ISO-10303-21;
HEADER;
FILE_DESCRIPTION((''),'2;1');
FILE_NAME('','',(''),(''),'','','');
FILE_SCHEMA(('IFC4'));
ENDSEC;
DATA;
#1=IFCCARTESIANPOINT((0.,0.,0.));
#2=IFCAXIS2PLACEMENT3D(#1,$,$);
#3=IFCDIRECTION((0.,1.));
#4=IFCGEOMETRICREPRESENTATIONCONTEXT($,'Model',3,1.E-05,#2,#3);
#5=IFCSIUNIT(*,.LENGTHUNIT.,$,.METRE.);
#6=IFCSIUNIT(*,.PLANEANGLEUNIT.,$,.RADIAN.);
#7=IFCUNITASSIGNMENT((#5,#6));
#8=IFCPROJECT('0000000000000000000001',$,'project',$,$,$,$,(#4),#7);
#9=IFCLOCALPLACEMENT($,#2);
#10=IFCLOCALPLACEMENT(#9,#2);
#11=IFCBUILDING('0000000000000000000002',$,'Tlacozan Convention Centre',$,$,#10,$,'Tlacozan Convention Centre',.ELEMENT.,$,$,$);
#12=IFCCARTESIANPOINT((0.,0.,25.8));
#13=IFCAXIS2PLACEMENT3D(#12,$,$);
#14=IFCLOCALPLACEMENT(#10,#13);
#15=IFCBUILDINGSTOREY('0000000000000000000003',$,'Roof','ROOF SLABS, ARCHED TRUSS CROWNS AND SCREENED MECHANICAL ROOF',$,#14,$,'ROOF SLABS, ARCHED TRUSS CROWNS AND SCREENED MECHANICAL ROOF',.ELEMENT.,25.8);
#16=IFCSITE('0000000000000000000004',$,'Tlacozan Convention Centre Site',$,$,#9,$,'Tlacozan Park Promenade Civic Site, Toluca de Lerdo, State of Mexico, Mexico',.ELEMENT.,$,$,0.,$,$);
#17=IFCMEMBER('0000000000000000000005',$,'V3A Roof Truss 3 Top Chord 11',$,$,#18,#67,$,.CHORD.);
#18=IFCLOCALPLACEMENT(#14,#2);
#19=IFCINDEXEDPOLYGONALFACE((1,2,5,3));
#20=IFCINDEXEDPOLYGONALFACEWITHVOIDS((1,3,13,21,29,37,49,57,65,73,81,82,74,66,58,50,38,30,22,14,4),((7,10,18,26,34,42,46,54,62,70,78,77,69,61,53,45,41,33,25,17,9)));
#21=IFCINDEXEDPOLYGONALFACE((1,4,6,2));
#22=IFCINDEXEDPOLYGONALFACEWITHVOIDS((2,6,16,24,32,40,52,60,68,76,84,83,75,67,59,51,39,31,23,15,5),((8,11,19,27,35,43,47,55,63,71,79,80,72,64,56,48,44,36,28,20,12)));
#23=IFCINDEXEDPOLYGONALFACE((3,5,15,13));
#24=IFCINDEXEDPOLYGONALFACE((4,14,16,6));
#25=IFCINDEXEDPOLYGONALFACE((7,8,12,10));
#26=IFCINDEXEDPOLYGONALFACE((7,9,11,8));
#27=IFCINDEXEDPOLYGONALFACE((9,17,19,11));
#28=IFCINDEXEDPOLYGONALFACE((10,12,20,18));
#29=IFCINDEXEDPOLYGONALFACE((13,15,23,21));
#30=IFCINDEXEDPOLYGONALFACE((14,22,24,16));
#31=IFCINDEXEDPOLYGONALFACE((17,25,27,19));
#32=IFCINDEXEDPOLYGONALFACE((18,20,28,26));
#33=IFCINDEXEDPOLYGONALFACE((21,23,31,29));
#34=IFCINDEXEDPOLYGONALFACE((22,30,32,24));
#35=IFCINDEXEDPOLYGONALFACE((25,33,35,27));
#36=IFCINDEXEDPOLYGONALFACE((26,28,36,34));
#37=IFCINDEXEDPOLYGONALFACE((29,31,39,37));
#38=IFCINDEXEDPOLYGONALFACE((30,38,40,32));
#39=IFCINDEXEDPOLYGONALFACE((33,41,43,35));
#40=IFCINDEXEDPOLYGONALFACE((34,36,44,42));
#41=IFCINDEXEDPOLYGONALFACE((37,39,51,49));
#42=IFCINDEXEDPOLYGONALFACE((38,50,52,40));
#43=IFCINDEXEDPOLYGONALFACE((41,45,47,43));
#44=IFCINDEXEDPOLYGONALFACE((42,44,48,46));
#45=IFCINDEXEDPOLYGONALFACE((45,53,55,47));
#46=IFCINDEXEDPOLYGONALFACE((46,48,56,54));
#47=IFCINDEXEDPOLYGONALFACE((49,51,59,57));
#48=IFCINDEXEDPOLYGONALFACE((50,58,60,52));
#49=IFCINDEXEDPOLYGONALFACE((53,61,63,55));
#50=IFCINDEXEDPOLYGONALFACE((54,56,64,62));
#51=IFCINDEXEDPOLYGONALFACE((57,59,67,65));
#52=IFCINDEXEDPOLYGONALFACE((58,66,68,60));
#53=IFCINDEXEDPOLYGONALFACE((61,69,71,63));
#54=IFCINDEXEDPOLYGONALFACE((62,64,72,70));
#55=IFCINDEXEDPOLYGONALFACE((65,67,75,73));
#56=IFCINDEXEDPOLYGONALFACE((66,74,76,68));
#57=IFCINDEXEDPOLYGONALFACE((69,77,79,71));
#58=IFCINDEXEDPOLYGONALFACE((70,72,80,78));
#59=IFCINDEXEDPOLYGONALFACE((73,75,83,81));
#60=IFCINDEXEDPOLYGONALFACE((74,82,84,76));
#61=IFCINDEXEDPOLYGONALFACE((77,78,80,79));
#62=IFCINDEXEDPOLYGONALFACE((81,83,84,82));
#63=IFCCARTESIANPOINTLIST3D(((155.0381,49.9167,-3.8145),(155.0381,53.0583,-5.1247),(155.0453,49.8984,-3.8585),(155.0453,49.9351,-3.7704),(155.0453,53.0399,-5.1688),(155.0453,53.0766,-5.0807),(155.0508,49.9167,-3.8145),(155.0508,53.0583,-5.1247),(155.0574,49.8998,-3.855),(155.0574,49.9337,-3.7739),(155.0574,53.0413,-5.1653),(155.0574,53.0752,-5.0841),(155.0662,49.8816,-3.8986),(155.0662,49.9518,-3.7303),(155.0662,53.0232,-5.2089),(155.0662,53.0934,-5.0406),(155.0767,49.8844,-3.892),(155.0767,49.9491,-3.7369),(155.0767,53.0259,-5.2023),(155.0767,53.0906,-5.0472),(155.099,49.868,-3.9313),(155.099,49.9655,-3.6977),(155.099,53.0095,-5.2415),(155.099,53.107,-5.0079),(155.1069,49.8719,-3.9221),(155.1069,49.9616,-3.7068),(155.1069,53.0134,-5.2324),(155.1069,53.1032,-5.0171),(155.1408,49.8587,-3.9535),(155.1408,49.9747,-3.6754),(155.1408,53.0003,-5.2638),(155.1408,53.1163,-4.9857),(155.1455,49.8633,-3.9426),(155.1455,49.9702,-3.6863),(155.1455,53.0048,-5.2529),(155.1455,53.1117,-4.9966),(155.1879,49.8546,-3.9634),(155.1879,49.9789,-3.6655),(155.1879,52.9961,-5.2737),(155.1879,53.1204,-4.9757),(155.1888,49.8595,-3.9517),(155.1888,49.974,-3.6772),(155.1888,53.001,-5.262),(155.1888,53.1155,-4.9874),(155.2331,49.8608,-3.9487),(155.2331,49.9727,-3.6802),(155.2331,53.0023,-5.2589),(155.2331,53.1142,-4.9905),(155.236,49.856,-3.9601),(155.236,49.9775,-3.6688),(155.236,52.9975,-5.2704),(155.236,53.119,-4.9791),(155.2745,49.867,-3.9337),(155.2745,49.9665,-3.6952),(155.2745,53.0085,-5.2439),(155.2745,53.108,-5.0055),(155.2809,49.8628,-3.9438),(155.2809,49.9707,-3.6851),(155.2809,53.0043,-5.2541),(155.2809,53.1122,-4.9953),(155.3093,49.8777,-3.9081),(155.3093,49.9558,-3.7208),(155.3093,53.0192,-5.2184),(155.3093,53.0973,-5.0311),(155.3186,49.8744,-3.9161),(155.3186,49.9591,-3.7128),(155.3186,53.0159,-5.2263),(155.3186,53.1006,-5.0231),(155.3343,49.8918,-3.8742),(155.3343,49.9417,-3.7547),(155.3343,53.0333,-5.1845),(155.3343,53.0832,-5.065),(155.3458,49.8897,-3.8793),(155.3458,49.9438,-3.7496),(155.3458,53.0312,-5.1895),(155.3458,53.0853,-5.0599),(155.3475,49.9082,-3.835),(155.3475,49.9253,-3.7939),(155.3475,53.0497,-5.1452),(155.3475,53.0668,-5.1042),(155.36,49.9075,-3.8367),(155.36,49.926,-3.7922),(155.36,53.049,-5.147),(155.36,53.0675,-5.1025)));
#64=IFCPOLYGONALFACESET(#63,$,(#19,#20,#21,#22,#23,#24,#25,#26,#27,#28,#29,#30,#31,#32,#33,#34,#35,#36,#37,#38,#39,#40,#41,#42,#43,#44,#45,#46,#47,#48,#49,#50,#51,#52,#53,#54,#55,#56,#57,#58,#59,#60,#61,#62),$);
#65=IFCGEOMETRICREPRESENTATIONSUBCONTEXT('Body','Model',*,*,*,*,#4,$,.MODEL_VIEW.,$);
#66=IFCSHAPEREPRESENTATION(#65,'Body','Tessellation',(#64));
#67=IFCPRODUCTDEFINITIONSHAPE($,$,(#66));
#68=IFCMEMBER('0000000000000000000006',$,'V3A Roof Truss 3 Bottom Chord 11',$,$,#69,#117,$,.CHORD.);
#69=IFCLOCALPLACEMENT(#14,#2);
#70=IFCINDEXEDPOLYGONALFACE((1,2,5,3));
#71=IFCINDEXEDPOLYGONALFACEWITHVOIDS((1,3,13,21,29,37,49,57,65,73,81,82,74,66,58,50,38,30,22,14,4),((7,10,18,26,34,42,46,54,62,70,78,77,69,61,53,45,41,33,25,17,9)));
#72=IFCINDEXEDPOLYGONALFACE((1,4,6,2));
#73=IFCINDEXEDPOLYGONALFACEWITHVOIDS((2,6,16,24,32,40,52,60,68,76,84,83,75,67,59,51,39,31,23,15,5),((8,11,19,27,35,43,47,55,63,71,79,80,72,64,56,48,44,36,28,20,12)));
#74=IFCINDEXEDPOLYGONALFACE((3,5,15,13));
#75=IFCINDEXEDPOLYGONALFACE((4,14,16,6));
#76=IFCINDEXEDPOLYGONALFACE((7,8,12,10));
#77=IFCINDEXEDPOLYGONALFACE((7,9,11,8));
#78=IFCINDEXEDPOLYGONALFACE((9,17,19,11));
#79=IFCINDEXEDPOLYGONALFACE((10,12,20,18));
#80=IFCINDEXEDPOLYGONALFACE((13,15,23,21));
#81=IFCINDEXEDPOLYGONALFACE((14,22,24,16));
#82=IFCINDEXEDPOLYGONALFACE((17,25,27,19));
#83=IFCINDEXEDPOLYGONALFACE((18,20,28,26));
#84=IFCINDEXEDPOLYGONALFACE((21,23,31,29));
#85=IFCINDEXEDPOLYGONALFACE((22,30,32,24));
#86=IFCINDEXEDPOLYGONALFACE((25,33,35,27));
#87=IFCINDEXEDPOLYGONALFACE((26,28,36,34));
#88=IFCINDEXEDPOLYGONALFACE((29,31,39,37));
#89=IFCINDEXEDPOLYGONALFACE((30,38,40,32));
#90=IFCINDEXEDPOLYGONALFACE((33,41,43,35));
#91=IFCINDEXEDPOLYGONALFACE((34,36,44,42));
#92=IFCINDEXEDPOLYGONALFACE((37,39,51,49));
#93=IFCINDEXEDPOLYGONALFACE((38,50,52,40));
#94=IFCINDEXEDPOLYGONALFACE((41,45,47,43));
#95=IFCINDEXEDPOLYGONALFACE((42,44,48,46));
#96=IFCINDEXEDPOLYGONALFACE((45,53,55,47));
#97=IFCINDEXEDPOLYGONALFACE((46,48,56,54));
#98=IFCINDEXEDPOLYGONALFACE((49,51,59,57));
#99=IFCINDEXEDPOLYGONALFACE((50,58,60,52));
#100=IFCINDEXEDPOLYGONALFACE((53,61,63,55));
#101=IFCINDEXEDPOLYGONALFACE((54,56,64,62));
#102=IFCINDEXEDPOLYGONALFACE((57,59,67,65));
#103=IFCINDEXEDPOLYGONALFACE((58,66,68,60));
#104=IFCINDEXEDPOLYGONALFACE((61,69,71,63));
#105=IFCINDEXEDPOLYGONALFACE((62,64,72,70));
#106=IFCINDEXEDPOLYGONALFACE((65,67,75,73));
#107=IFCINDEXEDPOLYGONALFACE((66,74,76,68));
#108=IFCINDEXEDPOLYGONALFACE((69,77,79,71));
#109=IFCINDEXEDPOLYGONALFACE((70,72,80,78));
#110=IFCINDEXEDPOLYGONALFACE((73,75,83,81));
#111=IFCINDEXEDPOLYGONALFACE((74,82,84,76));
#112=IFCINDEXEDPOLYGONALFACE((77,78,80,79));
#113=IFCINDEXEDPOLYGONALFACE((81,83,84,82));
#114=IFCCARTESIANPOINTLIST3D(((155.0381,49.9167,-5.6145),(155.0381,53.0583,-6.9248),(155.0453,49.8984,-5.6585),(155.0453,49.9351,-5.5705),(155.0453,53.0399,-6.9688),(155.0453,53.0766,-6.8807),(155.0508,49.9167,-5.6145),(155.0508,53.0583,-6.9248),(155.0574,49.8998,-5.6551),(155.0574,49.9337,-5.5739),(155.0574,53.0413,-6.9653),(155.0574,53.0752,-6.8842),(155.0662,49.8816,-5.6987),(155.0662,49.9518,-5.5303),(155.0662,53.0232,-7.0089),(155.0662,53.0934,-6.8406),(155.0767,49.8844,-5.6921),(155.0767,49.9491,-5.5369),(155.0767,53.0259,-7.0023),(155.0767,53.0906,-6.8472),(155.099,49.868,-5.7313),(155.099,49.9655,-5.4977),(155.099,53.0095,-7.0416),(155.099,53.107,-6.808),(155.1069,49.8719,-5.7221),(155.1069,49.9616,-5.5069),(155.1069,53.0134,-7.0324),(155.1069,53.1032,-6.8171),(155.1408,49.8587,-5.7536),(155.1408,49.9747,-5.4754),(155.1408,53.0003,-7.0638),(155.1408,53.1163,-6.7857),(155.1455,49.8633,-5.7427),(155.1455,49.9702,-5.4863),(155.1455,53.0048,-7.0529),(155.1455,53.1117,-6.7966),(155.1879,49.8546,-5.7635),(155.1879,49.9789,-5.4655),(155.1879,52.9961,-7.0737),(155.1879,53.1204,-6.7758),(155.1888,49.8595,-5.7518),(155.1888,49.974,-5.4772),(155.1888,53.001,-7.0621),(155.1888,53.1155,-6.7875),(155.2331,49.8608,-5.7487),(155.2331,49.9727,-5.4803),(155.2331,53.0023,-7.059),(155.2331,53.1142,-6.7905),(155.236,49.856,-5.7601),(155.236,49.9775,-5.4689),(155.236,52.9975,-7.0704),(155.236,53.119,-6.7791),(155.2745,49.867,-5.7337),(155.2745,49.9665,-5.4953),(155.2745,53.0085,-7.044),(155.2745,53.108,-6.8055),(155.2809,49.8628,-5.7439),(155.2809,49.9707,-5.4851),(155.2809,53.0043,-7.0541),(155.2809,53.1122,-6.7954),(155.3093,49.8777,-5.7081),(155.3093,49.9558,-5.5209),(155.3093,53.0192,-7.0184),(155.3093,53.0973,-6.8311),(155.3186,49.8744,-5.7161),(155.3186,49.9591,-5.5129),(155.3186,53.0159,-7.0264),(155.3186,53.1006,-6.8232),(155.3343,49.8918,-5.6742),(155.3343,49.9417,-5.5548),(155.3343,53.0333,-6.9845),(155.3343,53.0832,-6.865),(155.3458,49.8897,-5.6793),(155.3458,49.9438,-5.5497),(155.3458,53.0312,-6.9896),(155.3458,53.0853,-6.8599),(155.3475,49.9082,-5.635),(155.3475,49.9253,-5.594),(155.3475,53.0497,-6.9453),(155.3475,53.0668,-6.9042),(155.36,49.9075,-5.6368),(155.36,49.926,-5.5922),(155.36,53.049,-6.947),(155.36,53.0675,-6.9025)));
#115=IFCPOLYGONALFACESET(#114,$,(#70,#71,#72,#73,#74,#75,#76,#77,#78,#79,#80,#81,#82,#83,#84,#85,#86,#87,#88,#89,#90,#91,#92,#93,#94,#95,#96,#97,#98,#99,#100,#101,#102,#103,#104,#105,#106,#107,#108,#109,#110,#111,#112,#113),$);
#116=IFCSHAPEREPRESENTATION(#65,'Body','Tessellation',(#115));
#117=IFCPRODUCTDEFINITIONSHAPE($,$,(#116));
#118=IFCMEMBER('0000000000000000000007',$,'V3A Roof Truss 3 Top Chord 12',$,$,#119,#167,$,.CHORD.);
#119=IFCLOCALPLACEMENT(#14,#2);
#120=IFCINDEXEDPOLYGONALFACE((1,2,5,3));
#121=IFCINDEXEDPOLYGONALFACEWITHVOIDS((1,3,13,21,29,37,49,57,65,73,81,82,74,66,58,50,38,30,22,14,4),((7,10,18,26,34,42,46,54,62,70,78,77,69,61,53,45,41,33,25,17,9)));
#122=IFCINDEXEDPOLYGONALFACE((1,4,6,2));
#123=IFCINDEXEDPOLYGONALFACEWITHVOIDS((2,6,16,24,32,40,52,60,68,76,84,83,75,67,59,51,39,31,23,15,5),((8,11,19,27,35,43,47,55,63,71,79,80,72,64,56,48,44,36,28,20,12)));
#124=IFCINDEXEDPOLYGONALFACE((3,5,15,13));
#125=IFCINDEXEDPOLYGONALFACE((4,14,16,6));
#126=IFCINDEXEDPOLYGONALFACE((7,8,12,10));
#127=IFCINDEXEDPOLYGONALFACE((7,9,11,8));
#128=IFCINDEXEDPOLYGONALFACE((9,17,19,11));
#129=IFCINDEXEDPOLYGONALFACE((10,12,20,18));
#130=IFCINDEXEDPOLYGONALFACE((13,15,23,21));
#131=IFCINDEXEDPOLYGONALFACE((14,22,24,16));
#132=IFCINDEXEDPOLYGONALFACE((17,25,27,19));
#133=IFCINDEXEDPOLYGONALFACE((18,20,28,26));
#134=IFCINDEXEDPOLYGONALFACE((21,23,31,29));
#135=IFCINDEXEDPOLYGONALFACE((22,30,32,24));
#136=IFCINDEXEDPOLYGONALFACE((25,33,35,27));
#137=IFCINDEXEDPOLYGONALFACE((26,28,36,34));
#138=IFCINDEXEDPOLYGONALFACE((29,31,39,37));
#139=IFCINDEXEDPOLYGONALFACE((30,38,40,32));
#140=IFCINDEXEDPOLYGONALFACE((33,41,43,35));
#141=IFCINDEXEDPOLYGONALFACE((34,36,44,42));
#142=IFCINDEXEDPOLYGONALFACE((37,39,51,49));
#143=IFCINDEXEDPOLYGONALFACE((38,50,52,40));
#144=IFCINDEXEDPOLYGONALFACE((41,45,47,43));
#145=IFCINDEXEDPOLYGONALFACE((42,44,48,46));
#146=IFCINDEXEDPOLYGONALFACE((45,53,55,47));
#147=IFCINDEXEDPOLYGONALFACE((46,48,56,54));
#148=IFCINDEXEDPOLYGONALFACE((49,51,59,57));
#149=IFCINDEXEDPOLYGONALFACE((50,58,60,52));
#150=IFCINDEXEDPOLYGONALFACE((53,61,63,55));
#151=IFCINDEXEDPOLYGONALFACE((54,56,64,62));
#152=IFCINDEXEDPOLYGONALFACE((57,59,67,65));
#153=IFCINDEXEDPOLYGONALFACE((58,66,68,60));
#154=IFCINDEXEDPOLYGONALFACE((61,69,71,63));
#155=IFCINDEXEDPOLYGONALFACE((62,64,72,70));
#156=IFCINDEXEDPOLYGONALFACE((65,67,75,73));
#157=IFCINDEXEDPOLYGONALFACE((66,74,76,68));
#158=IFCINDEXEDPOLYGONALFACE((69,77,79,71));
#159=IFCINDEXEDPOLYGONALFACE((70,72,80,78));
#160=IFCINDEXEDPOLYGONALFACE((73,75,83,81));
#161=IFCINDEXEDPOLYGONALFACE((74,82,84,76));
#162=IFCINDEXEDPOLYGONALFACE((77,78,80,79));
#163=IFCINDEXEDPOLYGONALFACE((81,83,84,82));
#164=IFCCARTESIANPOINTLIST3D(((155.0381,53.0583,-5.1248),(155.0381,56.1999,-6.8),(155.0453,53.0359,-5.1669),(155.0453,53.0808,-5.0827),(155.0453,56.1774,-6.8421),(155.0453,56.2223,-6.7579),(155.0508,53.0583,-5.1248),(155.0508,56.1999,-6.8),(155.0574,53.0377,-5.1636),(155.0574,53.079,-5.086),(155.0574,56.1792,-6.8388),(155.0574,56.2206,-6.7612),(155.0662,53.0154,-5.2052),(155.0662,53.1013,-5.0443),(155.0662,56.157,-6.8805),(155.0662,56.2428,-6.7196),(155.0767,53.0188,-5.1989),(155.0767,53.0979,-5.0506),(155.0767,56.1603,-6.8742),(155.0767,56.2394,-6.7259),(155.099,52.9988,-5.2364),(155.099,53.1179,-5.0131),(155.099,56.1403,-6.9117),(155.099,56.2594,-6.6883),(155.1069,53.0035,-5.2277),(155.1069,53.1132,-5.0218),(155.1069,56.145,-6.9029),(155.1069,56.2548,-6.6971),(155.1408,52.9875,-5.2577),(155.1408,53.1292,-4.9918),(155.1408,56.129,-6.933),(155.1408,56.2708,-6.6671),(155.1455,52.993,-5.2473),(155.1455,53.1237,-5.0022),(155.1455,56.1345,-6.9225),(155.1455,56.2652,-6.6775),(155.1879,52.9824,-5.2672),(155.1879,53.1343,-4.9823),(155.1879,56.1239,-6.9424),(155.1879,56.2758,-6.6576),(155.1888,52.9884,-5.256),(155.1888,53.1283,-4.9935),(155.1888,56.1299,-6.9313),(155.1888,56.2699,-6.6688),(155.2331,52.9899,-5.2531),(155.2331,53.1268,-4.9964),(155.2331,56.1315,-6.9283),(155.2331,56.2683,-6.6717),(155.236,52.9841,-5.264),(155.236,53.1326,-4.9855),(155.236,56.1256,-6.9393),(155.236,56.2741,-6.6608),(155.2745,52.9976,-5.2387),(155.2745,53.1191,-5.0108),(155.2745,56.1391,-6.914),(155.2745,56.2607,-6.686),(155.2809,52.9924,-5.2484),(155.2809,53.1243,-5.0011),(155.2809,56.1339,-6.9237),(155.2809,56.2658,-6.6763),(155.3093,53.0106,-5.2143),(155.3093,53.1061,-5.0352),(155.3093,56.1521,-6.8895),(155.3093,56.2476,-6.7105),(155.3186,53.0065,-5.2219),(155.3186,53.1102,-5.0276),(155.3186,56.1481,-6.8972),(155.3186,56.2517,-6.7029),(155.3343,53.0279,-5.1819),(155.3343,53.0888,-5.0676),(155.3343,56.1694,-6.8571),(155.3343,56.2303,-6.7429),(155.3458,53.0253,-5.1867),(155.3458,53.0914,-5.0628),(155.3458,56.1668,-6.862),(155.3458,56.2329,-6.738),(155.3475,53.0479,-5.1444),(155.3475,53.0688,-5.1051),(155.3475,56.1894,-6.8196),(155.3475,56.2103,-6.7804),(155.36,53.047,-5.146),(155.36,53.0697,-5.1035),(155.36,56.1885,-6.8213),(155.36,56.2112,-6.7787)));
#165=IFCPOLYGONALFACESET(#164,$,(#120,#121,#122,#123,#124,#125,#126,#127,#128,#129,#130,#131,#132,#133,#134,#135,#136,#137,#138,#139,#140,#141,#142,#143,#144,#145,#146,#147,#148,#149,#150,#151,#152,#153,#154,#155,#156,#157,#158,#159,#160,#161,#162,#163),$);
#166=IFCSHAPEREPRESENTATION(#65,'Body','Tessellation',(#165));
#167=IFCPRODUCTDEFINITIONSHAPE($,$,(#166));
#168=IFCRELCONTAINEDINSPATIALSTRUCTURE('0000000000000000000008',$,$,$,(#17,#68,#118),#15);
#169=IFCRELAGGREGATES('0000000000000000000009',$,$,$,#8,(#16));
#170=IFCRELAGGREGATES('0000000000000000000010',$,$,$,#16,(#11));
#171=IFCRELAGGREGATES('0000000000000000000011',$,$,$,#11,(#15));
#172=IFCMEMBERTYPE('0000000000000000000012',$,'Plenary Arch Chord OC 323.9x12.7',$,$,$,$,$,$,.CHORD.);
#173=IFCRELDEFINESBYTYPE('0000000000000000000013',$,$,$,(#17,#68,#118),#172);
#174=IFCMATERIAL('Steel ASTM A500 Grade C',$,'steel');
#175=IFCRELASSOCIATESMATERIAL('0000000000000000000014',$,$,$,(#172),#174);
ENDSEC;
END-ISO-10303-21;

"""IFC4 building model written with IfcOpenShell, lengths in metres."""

from ifc_helpers import new_model, si_unit, direction, frame, origin, origin_2d, place, context, subcontext, project, spatial, hollow_circle, extrude, material, material_profile, profile_set, type_object, element, save


model = new_model("IFC4")

# Units and contexts
model_context = context("Model", 3, precision=1e-05, world=origin(), true_north=direction((0.0, 1.0)))
body_context = subcontext(model_context, "Body", "Model", "MODEL_VIEW")
ifc_project = project(units=[si_unit("LENGTHUNIT", "METRE"), si_unit("PLANEANGLEUNIT", "RADIAN")], contexts=[model_context])

# Site, building, storey
site_placement = place(None, origin())
site = spatial("IfcSite", under=ifc_project, at=site_placement, Name="Tlacozan Convention Centre Site", LongName="Tlacozan Park Promenade Civic Site, Toluca de Lerdo, State of Mexico, Mexico", CompositionType="ELEMENT", RefElevation=0.0)
building_placement = place(site_placement, origin())
building = spatial("IfcBuilding", under=site, at=building_placement, Name="Tlacozan Convention Centre", LongName="Tlacozan Convention Centre", CompositionType="ELEMENT")
storey_placement = place(building_placement, frame((0.0, 0.0, 25.8)))
storey = spatial("IfcBuildingStorey", under=building, at=storey_placement, Name="Roof", Description="ROOF SLABS, ARCHED TRUSS CROWNS AND SCREENED MECHANICAL ROOF", LongName="ROOF SLABS, ARCHED TRUSS CROWNS AND SCREENED MECHANICAL ROOF", CompositionType="ELEMENT", Elevation=25.8)

# Members
ifc_material_1 = material(Name="Steel ASTM A500 Grade C", Category="steel")
ifc_material_profile_1 = material_profile(ifc_material_1, hollow_circle(Radius=0.1619, WallThickness=0.0127, at=origin_2d()), Name="OC 323.9x12.7")
ifc_profile_set_1 = profile_set([ifc_material_profile_1], Name="Steel ASTM A500 Grade C")
member_type_1 = type_object("IfcMemberType", Name="Plenary Arch Chord OC 323.9x12.7", PredefinedType="CHORD", material=ifc_profile_set_1)
for number, where, z_axis, x_axis, name in (
    (1, (155.2, 49.9167, -3.8145), (0.0, 0.922941, -0.384941), (-1.0, 0.0, 0.0), "V3A Roof Truss 3 Top Chord 11"),
    (2, (155.2, 49.9167, -5.6145), (0.0, 0.922941, -0.384941), (-1.0, 0.0, 0.0), "V3A Roof Truss 3 Bottom Chord 11"),
):
    element("IfcMember", number, at=place(storey_placement, frame(where, z_axis=z_axis, x_axis=x_axis)), inside=storey, type_object=member_type_1, Name=name, PredefinedType="CHORD", context=body_context, shape_type="SweptSolid", body=[
        extrude(hollow_circle(Radius=0.1619, WallThickness=0.0127, at=origin_2d()), origin(), (0.0, 0.0, 1.0), 3.4038),
    ])
for number, where, z_axis, x_axis, name in (
    (3, (155.2, 53.0583, -5.1248), (0.0, 0.88238, -0.470538), (-1.0, 0.0, 0.0), "V3A Roof Truss 3 Top Chord 12"),
):
    element("IfcMember", number, at=place(storey_placement, frame(where, z_axis=z_axis, x_axis=x_axis)), inside=storey, type_object=member_type_1, Name=name, PredefinedType="CHORD", context=body_context, shape_type="SweptSolid", body=[
        extrude(hollow_circle(Radius=0.1619, WallThickness=0.0127, at=origin_2d()), origin(), (0.0, 0.0, 1.0), 3.5603),
    ])

save(model, "model.ifc")
